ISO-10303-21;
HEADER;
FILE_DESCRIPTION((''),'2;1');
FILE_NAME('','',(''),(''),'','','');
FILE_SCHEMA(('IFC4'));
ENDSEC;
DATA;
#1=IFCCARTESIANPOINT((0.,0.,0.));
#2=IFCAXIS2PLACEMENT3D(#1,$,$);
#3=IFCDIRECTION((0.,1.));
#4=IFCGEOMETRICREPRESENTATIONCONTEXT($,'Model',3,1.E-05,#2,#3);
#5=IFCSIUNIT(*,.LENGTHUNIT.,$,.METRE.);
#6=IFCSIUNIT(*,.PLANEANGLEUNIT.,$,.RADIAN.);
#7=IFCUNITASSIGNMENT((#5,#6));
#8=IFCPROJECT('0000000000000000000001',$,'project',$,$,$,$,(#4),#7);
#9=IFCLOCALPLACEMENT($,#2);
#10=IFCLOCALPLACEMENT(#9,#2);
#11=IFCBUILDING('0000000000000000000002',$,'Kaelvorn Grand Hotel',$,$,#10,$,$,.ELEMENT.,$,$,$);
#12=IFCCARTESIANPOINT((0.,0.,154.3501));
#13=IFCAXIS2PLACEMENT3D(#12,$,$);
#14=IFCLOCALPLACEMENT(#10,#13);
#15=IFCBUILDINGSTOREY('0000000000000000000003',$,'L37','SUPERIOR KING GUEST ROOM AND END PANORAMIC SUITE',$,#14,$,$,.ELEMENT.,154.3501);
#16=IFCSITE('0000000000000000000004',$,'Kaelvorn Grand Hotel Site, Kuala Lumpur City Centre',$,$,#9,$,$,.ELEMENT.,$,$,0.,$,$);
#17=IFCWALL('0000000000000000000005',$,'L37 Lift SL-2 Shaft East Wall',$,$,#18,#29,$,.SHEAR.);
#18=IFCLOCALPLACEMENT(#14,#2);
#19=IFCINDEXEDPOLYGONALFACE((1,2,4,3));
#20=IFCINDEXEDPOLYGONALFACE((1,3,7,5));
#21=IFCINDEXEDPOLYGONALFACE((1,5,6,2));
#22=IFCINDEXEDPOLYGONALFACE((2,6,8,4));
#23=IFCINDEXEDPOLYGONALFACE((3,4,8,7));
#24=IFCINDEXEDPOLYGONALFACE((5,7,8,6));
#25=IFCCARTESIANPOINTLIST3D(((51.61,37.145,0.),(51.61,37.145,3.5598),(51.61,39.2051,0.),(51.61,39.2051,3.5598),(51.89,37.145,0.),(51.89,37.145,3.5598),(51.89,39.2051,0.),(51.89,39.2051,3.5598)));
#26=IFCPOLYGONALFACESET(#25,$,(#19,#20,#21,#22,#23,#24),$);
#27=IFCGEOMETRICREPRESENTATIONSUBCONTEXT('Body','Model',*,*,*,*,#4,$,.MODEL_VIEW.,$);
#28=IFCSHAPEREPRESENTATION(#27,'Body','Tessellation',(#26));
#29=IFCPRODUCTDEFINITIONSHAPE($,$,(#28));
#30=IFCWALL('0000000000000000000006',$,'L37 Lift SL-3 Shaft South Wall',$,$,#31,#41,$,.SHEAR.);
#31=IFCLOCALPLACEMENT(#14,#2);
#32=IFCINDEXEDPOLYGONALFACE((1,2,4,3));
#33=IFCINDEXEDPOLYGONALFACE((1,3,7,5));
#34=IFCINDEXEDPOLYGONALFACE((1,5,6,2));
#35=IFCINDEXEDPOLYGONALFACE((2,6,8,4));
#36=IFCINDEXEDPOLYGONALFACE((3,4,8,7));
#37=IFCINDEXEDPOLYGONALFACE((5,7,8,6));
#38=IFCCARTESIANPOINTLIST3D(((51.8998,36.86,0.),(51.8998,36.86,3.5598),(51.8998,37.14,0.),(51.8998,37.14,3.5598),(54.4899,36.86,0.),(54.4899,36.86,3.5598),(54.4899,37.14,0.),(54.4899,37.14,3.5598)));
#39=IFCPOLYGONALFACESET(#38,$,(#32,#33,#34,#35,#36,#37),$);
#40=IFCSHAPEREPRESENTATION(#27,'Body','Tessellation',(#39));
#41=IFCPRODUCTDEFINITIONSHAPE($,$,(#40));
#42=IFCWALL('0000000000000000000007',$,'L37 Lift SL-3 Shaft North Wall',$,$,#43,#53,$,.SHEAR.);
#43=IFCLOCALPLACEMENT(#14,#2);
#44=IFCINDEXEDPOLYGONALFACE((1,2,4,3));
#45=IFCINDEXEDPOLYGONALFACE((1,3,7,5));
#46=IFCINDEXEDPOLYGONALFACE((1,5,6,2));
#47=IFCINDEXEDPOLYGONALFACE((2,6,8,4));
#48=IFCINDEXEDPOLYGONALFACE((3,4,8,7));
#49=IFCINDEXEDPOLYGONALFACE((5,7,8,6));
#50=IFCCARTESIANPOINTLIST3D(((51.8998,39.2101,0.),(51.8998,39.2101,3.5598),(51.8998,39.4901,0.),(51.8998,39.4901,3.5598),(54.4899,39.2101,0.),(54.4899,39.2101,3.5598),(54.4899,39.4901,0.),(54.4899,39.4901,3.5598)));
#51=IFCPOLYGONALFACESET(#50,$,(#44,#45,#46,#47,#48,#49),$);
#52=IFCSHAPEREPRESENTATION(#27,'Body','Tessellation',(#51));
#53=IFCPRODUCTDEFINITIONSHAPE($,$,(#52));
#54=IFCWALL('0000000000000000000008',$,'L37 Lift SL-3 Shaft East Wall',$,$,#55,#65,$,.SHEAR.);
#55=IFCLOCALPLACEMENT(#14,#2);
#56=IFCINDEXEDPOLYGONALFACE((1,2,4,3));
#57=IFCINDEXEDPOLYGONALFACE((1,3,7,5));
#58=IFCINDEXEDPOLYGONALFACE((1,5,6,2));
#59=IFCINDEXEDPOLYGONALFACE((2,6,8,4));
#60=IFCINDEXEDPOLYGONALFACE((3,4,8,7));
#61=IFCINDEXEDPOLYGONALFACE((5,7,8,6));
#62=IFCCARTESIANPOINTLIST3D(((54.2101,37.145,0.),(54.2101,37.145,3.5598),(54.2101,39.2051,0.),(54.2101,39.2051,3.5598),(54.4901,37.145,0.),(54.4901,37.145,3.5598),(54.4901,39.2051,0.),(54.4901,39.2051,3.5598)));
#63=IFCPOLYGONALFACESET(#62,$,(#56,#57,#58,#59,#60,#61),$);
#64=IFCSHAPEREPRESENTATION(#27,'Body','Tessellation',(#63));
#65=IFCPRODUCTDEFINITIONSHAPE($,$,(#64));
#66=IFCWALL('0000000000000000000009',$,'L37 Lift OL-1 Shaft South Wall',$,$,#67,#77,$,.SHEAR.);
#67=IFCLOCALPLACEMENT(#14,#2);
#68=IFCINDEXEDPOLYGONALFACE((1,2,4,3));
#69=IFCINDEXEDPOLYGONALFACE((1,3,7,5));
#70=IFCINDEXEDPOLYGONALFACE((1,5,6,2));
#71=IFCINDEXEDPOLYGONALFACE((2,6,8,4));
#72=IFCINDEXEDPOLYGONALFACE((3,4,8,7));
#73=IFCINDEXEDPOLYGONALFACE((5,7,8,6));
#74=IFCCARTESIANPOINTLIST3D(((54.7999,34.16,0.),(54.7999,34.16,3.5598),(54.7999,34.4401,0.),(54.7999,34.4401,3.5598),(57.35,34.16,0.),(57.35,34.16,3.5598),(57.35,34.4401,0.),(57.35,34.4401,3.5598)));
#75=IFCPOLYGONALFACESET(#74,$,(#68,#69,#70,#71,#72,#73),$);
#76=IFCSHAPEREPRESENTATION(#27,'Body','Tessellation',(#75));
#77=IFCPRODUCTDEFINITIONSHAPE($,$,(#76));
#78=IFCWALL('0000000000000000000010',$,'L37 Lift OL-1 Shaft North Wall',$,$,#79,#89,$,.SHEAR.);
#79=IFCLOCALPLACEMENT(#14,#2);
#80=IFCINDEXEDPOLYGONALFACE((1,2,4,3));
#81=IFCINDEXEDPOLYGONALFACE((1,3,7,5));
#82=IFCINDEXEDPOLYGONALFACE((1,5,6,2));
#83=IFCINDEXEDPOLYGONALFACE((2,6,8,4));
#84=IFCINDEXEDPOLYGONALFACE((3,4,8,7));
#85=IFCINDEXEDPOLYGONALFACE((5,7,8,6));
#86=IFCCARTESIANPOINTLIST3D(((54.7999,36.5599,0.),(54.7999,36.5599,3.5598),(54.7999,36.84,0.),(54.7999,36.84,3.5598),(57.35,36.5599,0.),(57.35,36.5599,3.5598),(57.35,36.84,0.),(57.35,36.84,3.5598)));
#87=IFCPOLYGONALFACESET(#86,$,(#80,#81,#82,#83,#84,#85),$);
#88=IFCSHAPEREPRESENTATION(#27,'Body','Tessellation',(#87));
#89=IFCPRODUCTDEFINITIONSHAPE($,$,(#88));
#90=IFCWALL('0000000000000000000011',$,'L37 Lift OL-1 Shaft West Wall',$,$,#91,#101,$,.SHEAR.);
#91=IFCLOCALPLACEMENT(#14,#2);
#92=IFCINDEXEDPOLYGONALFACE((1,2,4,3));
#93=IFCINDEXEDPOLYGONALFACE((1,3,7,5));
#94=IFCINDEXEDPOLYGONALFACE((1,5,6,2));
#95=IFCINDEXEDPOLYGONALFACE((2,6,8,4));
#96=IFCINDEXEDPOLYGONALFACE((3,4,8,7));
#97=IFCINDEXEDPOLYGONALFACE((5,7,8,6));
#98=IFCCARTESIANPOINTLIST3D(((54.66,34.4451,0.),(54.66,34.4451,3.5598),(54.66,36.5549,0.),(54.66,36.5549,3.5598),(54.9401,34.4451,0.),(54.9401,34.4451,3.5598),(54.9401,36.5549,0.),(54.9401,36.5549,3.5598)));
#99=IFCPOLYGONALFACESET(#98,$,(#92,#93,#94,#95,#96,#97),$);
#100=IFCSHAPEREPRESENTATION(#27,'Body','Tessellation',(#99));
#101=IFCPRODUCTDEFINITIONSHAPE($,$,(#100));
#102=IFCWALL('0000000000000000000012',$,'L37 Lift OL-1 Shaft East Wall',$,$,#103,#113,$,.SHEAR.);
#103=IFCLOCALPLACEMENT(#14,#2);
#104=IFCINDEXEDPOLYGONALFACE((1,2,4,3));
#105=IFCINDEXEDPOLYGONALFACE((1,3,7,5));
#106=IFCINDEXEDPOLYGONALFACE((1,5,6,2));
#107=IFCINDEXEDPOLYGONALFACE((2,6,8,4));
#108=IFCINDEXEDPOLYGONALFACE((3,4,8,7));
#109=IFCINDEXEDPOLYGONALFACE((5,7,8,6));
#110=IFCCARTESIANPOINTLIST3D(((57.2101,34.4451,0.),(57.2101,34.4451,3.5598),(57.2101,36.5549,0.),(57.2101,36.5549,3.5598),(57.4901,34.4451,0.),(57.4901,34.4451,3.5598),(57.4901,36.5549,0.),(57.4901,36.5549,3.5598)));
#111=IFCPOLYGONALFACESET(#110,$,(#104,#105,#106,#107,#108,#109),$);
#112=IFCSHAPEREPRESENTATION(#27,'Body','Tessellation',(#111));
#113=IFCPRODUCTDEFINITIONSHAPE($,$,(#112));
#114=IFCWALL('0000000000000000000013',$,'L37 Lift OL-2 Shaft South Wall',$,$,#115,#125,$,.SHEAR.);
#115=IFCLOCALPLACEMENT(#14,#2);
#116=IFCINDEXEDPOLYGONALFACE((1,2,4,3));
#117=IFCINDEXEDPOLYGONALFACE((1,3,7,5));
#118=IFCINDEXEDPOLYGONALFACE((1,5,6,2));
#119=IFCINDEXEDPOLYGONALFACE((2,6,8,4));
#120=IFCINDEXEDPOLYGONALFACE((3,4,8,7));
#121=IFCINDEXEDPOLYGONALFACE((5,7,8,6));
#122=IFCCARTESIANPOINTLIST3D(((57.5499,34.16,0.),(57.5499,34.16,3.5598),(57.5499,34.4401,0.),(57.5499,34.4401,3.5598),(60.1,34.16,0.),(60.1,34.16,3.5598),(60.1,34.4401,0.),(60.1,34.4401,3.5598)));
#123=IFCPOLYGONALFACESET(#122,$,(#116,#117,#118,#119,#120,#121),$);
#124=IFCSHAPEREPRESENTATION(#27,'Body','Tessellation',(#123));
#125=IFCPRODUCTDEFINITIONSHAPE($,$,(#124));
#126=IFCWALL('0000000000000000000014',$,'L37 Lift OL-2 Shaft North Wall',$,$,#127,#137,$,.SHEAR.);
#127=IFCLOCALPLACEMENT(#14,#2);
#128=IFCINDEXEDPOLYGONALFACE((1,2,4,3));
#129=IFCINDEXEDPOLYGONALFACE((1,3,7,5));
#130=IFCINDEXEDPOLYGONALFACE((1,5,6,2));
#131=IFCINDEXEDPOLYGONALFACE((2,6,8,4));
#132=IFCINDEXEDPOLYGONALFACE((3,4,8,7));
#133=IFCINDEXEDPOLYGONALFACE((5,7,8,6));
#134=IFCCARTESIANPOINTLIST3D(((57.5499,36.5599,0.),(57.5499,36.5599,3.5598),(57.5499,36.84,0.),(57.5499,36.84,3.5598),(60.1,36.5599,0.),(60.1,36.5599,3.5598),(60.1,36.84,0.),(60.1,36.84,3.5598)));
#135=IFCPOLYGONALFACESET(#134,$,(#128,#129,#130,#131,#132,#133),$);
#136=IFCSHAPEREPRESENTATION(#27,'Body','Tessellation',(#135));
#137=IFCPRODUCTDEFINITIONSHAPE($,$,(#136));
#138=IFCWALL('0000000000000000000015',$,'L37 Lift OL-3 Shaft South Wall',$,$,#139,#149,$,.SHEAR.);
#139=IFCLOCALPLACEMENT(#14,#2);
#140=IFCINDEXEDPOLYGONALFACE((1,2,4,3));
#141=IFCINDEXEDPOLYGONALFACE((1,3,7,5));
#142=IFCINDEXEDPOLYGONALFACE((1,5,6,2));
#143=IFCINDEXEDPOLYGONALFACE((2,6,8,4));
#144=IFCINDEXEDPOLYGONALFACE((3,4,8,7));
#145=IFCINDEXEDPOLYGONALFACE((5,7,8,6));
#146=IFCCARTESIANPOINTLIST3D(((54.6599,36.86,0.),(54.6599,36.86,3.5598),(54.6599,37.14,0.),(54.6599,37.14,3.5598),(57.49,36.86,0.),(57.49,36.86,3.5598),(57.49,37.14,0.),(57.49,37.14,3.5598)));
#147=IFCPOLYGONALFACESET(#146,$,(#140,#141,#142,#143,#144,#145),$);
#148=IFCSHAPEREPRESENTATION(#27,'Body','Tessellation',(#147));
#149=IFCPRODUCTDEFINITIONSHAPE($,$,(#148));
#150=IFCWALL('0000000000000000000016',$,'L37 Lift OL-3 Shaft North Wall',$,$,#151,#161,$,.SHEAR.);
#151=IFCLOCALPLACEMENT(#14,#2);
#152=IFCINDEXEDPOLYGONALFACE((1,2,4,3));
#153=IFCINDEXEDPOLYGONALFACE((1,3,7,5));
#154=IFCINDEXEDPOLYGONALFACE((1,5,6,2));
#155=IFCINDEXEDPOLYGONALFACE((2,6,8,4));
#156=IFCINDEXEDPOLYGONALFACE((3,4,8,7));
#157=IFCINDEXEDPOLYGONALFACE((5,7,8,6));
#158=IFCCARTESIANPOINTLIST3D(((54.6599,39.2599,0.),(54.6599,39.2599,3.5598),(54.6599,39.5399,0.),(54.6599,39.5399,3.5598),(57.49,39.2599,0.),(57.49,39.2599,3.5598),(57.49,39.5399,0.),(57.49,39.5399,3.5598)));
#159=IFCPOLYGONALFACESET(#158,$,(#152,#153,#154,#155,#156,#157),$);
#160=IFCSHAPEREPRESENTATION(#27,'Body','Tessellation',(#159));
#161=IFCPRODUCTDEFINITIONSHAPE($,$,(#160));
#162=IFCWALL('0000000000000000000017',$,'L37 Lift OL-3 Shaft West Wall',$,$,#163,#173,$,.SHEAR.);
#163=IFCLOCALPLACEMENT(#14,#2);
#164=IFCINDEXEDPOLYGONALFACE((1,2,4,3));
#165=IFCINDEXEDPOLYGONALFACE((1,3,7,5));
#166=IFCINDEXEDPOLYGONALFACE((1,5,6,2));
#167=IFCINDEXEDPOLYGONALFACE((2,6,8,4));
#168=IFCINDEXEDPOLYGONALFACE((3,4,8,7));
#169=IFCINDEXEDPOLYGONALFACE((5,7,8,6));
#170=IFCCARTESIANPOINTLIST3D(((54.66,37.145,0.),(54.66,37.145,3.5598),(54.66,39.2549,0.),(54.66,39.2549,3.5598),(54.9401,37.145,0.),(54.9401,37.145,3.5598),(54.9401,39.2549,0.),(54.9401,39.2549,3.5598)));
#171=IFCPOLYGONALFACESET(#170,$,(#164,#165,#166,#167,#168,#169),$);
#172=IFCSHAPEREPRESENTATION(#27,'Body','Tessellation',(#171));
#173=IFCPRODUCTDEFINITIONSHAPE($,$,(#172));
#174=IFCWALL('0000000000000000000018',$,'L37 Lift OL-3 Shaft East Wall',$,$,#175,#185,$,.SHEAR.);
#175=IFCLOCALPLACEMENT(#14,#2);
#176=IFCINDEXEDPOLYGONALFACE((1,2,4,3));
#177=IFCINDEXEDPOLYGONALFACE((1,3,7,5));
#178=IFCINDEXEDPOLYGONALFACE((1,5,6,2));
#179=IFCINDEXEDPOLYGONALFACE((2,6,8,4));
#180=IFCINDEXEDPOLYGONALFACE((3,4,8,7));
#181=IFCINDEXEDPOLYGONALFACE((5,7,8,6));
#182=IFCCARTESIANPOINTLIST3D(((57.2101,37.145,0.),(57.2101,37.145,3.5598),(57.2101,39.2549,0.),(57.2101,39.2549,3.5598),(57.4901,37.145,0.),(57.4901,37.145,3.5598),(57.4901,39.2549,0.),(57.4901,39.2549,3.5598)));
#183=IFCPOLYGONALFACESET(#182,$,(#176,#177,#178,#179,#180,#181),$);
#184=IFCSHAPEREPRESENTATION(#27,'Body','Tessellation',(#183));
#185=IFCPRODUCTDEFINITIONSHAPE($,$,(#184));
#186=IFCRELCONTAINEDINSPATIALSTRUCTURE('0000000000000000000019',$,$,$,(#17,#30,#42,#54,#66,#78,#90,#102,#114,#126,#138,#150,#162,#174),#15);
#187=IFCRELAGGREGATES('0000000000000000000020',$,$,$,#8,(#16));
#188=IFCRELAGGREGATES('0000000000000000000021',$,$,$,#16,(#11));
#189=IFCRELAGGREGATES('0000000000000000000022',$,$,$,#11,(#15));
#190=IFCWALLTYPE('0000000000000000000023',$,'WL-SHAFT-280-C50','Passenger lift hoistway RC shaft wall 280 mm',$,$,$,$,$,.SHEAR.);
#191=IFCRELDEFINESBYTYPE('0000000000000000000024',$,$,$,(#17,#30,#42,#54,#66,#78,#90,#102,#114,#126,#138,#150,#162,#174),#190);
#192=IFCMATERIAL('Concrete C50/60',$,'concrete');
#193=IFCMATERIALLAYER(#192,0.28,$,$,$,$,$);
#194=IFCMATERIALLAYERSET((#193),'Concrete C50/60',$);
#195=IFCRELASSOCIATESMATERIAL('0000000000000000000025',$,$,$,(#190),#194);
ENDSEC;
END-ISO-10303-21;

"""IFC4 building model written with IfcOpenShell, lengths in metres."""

from ifc_helpers import new_model, si_unit, direction, frame, frame_2d, origin, place, context, subcontext, project, spatial, rectangle, extrude, material, layer, layer_set, type_object, element, save


model = new_model("IFC4")

# Units and contexts
model_context = context("Model", 3, precision=1e-05, world=origin(), true_north=direction((0.0, 1.0)))
body_context = subcontext(model_context, "Body", "Model", "MODEL_VIEW")
ifc_project = project(units=[si_unit("LENGTHUNIT", "METRE"), si_unit("PLANEANGLEUNIT", "RADIAN")], contexts=[model_context])

# Site, building, storey
site_placement = place(None, origin())
site = spatial("IfcSite", under=ifc_project, at=site_placement, Name="Kaelvorn Grand Hotel Site, Kuala Lumpur City Centre", CompositionType="ELEMENT", RefElevation=0.0)
building_placement = place(site_placement, origin())
building = spatial("IfcBuilding", under=site, at=building_placement, Name="Kaelvorn Grand Hotel", CompositionType="ELEMENT")
storey_placement = place(building_placement, frame((0.0, 0.0, 154.3501)))
storey = spatial("IfcBuildingStorey", under=building, at=storey_placement, Name="L37", Description="SUPERIOR KING GUEST ROOM AND END PANORAMIC SUITE", CompositionType="ELEMENT", Elevation=154.3501)

# Shared definitions
ifc_material_1 = material(Name="Concrete C50/60", Category="concrete")

# Shared definitions
ifc_layer_1 = layer(ifc_material_1, 0.28)
ifc_layer_set_1 = layer_set([ifc_layer_1], Name="Concrete C50/60")
wall_type_1 = type_object("IfcWallType", Name="WL-SHAFT-280-C50", Description="Passenger lift hoistway RC shaft wall 280 mm", PredefinedType="SHEAR", material=ifc_layer_set_1)

# Walls
wall_1_placement = place(storey_placement, frame((51.75, 37.145, 0.0), z_axis=(0.0, 0.0, 1.0), x_axis=(0.0, 1.0, 0.0)))
element("IfcWall", 1, at=wall_1_placement, inside=storey, type_object=wall_type_1, Name="L37 Lift SL-2 Shaft East Wall", PredefinedType="SHEAR", context=body_context, shape_type="SweptSolid", body=[
    extrude(rectangle(XDim=2.0601, YDim=0.28, at=frame_2d((1.03, 0.0))), origin(), (0.0, 0.0, 1.0), 3.5598),
])
for number, where, z_axis, x_axis, name in (
    (2, (51.8999, 37.0, 0.0), (0.0, 0.0, 1.0), (1.0, 0.0, 0.0), "L37 Lift SL-3 Shaft South Wall"),
    (3, (51.8999, 39.3501, 0.0), (0.0, 0.0, 1.0), (1.0, 0.0, 0.0), "L37 Lift SL-3 Shaft North Wall"),
):
    element("IfcWall", number, at=place(storey_placement, frame(where, z_axis=z_axis, x_axis=x_axis)), inside=storey, type_object=wall_type_1, Name=name, PredefinedType="SHEAR", context=body_context, shape_type="SweptSolid", body=[
        extrude(rectangle(XDim=2.5901, YDim=0.28, at=frame_2d((1.2949, 0.0))), origin(), (0.0, 0.0, 1.0), 3.5598),
    ])
wall_2_placement = place(storey_placement, frame((54.3501, 37.145, 0.0), z_axis=(0.0, 0.0, 1.0), x_axis=(0.0, 1.0, 0.0)))
element("IfcWall", 4, at=wall_2_placement, inside=storey, type_object=wall_type_1, Name="L37 Lift SL-3 Shaft East Wall", PredefinedType="SHEAR", context=body_context, shape_type="SweptSolid", body=[
    extrude(rectangle(XDim=2.0601, YDim=0.28, at=frame_2d((1.03, 0.0))), origin(), (0.0, 0.0, 1.0), 3.5598),
])
for number, where, z_axis, x_axis, name in (
    (5, (54.8, 34.3, 0.0), (0.0, 0.0, 1.0), (1.0, 0.0, 0.0), "L37 Lift OL-1 Shaft South Wall"),
    (6, (54.8, 36.7, 0.0), (0.0, 0.0, 1.0), (1.0, 0.0, 0.0), "L37 Lift OL-1 Shaft North Wall"),
):
    element("IfcWall", number, at=place(storey_placement, frame(where, z_axis=z_axis, x_axis=x_axis)), inside=storey, type_object=wall_type_1, Name=name, PredefinedType="SHEAR", context=body_context, shape_type="SweptSolid", body=[
        extrude(rectangle(XDim=2.55, YDim=0.28, at=frame_2d((1.2749, 0.0))), origin(), (0.0, 0.0, 1.0), 3.5598),
    ])
for number, where, z_axis, x_axis, name in (
    (7, (54.8, 34.4451, 0.0), (0.0, 0.0, 1.0), (0.0, 1.0, 0.0), "L37 Lift OL-1 Shaft West Wall"),
    (8, (57.3501, 34.4451, 0.0), (0.0, 0.0, 1.0), (0.0, 1.0, 0.0), "L37 Lift OL-1 Shaft East Wall"),
):
    element("IfcWall", number, at=place(storey_placement, frame(where, z_axis=z_axis, x_axis=x_axis)), inside=storey, type_object=wall_type_1, Name=name, PredefinedType="SHEAR", context=body_context, shape_type="SweptSolid", body=[
        extrude(rectangle(XDim=2.1099, YDim=0.28, at=frame_2d((1.0549, 0.0))), origin(), (0.0, 0.0, 1.0), 3.5598),
    ])
for number, where, z_axis, x_axis, name in (
    (9, (57.55, 34.3, 0.0), (0.0, 0.0, 1.0), (1.0, 0.0, 0.0), "L37 Lift OL-2 Shaft South Wall"),
    (10, (57.55, 36.7, 0.0), (0.0, 0.0, 1.0), (1.0, 0.0, 0.0), "L37 Lift OL-2 Shaft North Wall"),
):
    element("IfcWall", number, at=place(storey_placement, frame(where, z_axis=z_axis, x_axis=x_axis)), inside=storey, type_object=wall_type_1, Name=name, PredefinedType="SHEAR", context=body_context, shape_type="SweptSolid", body=[
        extrude(rectangle(XDim=2.55, YDim=0.28, at=frame_2d((1.2749, 0.0))), origin(), (0.0, 0.0, 1.0), 3.5598),
    ])
for number, where, z_axis, x_axis, name in (
    (11, (54.6599, 37.0, 0.0), (0.0, 0.0, 1.0), (1.0, 0.0, 0.0), "L37 Lift OL-3 Shaft South Wall"),
    (12, (54.6599, 39.3999, 0.0), (0.0, 0.0, 1.0), (1.0, 0.0, 0.0), "L37 Lift OL-3 Shaft North Wall"),
):
    element("IfcWall", number, at=place(storey_placement, frame(where, z_axis=z_axis, x_axis=x_axis)), inside=storey, type_object=wall_type_1, Name=name, PredefinedType="SHEAR", context=body_context, shape_type="SweptSolid", body=[
        extrude(rectangle(XDim=2.8301, YDim=0.28, at=frame_2d((1.415, 0.0))), origin(), (0.0, 0.0, 1.0), 3.5598),
    ])
for number, where, z_axis, x_axis, name in (
    (13, (54.8, 37.145, 0.0), (0.0, 0.0, 1.0), (0.0, 1.0, 0.0), "L37 Lift OL-3 Shaft West Wall"),
    (14, (57.3501, 37.145, 0.0), (0.0, 0.0, 1.0), (0.0, 1.0, 0.0), "L37 Lift OL-3 Shaft East Wall"),
):
    element("IfcWall", number, at=place(storey_placement, frame(where, z_axis=z_axis, x_axis=x_axis)), inside=storey, type_object=wall_type_1, Name=name, PredefinedType="SHEAR", context=body_context, shape_type="SweptSolid", body=[
        extrude(rectangle(XDim=2.1099, YDim=0.28, at=frame_2d((1.0549, 0.0))), origin(), (0.0, 0.0, 1.0), 3.5598),
    ])

save(model, "model.ifc")
